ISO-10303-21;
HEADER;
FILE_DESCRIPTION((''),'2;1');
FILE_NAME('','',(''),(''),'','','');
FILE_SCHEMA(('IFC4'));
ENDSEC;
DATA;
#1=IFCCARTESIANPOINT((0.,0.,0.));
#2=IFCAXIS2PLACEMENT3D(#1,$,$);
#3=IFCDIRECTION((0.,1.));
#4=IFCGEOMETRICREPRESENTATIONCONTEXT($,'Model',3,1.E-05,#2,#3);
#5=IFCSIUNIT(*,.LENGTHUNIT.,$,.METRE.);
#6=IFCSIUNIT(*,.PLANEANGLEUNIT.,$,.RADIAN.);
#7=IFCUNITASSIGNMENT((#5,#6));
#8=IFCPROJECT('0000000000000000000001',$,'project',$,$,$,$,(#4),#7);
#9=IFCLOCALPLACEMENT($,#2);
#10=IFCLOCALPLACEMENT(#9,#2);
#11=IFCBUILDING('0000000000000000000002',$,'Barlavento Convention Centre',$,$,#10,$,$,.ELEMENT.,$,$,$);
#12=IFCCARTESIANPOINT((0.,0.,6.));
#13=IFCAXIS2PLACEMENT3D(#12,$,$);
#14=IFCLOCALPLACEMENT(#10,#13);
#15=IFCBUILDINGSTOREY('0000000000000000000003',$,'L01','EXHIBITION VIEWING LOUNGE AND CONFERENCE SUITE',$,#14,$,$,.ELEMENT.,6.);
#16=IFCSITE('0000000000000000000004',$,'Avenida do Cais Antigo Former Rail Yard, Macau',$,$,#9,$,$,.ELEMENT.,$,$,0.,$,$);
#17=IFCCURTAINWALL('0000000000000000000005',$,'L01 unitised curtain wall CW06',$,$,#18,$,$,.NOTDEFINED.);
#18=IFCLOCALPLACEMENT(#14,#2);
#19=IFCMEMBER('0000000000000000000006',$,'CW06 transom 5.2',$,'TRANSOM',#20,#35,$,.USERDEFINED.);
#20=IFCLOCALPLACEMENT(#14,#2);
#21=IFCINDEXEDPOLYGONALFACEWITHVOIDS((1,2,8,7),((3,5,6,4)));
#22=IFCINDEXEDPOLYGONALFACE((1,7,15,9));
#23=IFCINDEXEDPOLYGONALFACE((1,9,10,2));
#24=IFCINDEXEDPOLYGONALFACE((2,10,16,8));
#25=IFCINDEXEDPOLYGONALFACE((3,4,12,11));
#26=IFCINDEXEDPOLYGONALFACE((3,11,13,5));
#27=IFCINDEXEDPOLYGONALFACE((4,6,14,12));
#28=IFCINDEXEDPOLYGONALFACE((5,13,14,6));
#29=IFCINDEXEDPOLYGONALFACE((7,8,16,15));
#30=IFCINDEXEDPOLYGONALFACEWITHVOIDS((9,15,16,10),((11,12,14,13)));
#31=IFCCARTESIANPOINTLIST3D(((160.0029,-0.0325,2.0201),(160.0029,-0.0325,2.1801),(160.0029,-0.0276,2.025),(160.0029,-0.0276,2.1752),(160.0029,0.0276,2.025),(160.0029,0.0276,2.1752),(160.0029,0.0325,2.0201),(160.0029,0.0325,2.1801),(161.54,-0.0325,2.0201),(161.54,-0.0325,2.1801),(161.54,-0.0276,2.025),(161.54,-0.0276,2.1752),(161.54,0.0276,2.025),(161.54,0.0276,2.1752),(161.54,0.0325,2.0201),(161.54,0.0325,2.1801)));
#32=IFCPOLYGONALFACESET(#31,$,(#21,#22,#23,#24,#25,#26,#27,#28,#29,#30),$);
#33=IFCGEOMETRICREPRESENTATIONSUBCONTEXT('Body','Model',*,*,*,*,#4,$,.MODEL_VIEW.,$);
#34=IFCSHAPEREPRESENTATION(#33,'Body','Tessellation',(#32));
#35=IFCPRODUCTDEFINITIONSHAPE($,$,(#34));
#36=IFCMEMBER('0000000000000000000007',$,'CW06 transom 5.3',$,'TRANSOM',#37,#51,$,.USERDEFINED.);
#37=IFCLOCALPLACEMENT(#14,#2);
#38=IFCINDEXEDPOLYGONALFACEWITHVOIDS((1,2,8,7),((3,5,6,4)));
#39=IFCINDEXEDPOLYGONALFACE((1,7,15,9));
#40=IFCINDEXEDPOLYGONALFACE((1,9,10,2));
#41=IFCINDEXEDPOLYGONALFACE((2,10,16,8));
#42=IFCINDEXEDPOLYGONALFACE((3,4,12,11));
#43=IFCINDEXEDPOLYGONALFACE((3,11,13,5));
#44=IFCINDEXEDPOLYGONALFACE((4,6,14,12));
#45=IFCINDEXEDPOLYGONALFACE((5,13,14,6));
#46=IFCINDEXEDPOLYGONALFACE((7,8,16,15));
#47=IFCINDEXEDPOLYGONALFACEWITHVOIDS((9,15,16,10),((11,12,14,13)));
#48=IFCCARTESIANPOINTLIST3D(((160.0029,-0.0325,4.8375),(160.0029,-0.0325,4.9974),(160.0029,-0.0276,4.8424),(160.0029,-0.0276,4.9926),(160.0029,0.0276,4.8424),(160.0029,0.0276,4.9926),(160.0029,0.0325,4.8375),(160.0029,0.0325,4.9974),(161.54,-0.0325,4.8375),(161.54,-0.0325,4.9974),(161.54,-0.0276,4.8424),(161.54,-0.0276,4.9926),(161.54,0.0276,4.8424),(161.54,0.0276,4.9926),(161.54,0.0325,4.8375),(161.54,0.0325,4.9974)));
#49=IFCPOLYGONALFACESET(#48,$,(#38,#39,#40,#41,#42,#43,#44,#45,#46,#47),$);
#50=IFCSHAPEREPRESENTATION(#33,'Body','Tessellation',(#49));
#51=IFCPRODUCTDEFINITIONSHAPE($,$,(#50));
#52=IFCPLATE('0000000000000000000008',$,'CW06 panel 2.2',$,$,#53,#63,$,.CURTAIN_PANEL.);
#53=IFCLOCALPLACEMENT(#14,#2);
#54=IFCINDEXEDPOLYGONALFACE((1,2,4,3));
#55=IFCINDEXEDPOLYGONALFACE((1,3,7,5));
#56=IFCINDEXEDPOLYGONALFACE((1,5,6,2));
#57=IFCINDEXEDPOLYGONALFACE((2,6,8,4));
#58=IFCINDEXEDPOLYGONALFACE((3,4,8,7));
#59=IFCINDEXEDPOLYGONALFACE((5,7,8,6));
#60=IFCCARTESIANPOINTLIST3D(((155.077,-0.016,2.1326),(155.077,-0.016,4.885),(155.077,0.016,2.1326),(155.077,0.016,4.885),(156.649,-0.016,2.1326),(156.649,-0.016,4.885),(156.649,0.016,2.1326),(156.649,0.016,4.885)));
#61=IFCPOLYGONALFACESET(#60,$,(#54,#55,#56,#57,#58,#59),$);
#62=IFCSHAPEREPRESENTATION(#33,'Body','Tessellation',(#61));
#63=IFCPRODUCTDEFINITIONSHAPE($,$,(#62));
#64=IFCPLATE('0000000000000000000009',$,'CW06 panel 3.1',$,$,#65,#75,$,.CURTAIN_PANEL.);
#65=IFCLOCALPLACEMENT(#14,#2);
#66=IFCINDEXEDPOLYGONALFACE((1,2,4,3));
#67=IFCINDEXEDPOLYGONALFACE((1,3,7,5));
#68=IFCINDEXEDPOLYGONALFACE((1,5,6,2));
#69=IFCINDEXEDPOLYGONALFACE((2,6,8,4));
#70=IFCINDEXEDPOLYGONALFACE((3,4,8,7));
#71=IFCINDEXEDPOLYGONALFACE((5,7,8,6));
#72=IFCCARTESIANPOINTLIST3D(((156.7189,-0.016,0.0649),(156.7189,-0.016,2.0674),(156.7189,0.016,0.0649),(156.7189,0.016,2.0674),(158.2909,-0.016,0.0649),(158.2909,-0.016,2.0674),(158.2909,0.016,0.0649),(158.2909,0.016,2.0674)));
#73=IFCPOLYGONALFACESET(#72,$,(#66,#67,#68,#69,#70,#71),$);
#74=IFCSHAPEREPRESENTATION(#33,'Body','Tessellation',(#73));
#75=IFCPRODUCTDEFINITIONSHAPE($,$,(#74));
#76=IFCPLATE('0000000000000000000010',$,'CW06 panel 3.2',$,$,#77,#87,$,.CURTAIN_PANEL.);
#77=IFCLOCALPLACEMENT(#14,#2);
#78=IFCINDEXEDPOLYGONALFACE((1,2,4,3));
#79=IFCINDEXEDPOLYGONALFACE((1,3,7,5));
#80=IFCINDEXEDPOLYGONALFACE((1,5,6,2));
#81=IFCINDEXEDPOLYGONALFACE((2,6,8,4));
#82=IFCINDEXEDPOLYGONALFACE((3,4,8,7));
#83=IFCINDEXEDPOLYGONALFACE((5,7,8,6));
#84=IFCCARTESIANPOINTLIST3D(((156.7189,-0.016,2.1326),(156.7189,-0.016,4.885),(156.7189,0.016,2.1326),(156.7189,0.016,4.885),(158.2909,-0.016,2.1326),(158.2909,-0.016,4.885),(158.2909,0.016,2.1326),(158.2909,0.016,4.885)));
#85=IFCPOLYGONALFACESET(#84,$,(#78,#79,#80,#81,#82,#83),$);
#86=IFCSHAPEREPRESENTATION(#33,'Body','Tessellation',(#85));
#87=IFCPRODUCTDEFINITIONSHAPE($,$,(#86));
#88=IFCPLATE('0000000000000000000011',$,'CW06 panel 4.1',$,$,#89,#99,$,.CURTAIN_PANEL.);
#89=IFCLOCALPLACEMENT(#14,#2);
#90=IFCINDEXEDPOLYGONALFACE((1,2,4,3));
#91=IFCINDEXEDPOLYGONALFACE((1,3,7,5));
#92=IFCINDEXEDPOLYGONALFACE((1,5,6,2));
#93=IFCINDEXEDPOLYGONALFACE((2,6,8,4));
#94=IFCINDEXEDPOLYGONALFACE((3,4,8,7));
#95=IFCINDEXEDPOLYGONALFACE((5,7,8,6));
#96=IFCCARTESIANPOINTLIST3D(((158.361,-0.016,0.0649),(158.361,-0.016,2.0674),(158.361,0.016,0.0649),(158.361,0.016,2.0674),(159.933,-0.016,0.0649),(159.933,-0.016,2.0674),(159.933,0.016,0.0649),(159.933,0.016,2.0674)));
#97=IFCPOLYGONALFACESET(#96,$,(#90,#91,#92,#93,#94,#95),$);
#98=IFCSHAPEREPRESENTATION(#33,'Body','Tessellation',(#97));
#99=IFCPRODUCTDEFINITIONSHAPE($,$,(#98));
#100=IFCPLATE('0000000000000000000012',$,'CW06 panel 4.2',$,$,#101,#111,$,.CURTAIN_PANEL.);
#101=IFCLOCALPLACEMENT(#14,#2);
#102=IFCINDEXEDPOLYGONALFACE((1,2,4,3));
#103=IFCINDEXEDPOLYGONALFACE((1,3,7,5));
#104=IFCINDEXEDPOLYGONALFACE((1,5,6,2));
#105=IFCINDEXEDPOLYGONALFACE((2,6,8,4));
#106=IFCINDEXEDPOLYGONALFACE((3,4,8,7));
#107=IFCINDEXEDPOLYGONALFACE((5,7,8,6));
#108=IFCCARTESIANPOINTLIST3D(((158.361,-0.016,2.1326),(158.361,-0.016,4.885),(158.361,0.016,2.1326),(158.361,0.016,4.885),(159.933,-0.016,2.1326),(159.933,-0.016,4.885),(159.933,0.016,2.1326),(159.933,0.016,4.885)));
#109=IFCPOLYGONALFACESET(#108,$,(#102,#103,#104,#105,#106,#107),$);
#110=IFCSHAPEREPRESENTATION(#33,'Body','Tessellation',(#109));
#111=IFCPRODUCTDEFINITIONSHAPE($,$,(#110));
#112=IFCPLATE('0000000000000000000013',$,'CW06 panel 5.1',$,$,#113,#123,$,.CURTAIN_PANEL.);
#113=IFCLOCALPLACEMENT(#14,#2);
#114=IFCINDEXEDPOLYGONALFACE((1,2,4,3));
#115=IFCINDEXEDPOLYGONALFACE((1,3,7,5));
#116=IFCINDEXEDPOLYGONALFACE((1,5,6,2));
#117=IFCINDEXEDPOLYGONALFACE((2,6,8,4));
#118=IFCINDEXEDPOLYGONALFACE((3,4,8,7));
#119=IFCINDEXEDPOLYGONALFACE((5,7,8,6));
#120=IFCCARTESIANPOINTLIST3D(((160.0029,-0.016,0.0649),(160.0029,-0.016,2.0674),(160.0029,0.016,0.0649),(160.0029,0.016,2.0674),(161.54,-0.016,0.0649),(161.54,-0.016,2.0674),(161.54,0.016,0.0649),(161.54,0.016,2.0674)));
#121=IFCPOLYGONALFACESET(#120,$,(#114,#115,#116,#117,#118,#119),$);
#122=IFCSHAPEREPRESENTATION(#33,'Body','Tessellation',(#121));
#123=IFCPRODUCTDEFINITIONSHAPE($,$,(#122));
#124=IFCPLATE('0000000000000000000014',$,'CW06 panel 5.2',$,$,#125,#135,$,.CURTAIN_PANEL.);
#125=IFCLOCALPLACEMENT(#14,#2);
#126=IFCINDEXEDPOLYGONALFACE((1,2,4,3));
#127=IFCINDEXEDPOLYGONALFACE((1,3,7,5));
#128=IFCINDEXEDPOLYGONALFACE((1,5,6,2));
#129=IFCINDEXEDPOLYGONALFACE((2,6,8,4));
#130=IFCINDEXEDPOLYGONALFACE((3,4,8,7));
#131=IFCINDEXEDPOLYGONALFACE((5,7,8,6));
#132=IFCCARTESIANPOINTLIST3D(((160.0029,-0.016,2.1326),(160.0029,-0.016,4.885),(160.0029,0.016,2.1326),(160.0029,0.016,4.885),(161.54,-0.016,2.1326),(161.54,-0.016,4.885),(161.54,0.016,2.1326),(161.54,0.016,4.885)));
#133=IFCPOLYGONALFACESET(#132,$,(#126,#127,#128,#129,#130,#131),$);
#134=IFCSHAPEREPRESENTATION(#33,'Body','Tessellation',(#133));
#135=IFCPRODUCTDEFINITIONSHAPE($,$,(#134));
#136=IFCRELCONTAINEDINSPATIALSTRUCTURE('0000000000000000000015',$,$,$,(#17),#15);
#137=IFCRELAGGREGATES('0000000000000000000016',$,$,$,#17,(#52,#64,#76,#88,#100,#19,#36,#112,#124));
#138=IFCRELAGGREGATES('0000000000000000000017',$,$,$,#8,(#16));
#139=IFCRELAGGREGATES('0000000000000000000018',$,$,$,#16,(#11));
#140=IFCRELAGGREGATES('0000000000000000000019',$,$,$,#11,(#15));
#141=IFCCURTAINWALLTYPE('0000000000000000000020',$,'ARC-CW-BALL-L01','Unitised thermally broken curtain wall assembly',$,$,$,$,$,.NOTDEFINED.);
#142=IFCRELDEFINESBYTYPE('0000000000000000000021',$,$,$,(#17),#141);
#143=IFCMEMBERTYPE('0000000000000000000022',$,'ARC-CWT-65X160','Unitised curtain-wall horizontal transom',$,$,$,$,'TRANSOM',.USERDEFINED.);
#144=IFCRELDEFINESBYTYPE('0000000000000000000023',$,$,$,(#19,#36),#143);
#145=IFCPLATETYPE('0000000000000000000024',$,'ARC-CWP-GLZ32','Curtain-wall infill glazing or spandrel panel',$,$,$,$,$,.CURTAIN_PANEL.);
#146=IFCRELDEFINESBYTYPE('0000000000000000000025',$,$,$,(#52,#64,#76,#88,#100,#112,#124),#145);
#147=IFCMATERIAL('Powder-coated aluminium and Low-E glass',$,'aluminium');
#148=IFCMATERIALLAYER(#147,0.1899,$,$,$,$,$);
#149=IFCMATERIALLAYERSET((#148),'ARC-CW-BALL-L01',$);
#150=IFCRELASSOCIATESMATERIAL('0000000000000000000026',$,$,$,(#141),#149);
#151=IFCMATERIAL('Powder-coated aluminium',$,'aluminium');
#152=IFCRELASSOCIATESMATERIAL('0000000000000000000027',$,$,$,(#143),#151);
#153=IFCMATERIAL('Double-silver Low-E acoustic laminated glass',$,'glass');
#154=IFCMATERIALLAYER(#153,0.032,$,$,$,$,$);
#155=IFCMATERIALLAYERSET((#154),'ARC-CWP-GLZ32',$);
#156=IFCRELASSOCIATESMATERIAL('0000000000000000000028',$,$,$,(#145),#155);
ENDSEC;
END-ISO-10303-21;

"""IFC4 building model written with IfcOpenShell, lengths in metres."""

from ifc_helpers import new_model, si_unit, direction, frame, origin, origin_2d, place, context, subcontext, project, spatial, rectangle, hollow_rectangle, extrude, material, layer, layer_set, material_profile, profile_set, type_object, element, aggregate, save


model = new_model("IFC4")

# Units and contexts
model_context = context("Model", 3, precision=1e-05, world=origin(), true_north=direction((0.0, 1.0)))
body_context = subcontext(model_context, "Body", "Model", "MODEL_VIEW")
ifc_project = project(units=[si_unit("LENGTHUNIT", "METRE"), si_unit("PLANEANGLEUNIT", "RADIAN")], contexts=[model_context])

# Site, building, storey
site_placement = place(None, origin())
site = spatial("IfcSite", under=ifc_project, at=site_placement, Name="Avenida do Cais Antigo Former Rail Yard, Macau", CompositionType="ELEMENT", RefElevation=0.0)
building_placement = place(site_placement, origin())
building = spatial("IfcBuilding", under=site, at=building_placement, Name="Barlavento Convention Centre", CompositionType="ELEMENT")
storey_placement = place(building_placement, frame((0.0, 0.0, 6.0)))
storey = spatial("IfcBuildingStorey", under=building, at=storey_placement, Name="L01", Description="EXHIBITION VIEWING LOUNGE AND CONFERENCE SUITE", CompositionType="ELEMENT", Elevation=6.0)

# Curtain wall, members, plates
ifc_material_1 = material(Name="Powder-coated aluminium and Low-E glass", Category="aluminium")
ifc_layer_1 = layer(ifc_material_1, 0.1899)
ifc_layer_set_1 = layer_set([ifc_layer_1], Name="ARC-CW-BALL-L01")
curtain_wall_type = type_object("IfcCurtainWallType", Name="ARC-CW-BALL-L01", Description="Unitised thermally broken curtain wall assembly", PredefinedType="NOTDEFINED", material=ifc_layer_set_1)
curtain_wall_placement = place(storey_placement, origin())
curtain_wall = element("IfcCurtainWall", 1, at=curtain_wall_placement, inside=storey, type_object=curtain_wall_type, Name="L01 unitised curtain wall CW06", PredefinedType="NOTDEFINED")
ifc_material_2 = material(Name="Powder-coated aluminium", Category="aluminium")
ifc_material_profile_1 = material_profile(ifc_material_2, hollow_rectangle(XDim=0.0649, YDim=0.1599, WallThickness=0.0049, at=origin_2d()), Name="AL-TRAN 65x160x5")
ifc_profile_set_1 = profile_set([ifc_material_profile_1], Name="Powder-coated aluminium")
member_type_1 = type_object("IfcMemberType", Name="ARC-CWT-65X160", Description="Unitised curtain-wall horizontal transom", ElementType="TRANSOM", PredefinedType="USERDEFINED", material=ifc_profile_set_1)
member_1_placement = place(storey_placement, frame((160.0029, 0.0, 2.1001), z_axis=(1.0, 0.0, 0.0), x_axis=(0.0, 1.0, 0.0)))
member_1 = element("IfcMember", 2, at=member_1_placement, type_object=member_type_1, Name="CW06 transom 5.2", ObjectType="TRANSOM", PredefinedType="USERDEFINED", context=body_context, shape_type="SweptSolid", body=[
    extrude(hollow_rectangle(XDim=0.0649, YDim=0.1599, WallThickness=0.0049, at=origin_2d()), origin(), (0.0, 0.0, 1.0), 1.5371),
])
member_2_placement = place(storey_placement, frame((160.0029, 0.0, 4.9175), z_axis=(1.0, 0.0, 0.0), x_axis=(0.0, 1.0, 0.0)))
member_2 = element("IfcMember", 3, at=member_2_placement, type_object=member_type_1, Name="CW06 transom 5.3", ObjectType="TRANSOM", PredefinedType="USERDEFINED", context=body_context, shape_type="SweptSolid", body=[
    extrude(hollow_rectangle(XDim=0.0649, YDim=0.1599, WallThickness=0.0049, at=origin_2d()), origin(), (0.0, 0.0, 1.0), 1.5371),
])
ifc_material_3 = material(Name="Double-silver Low-E acoustic laminated glass", Category="glass")
ifc_layer_2 = layer(ifc_material_3, 0.032)
ifc_layer_set_2 = layer_set([ifc_layer_2], Name="ARC-CWP-GLZ32")
plate_type = type_object("IfcPlateType", Name="ARC-CWP-GLZ32", Description="Curtain-wall infill glazing or spandrel panel", PredefinedType="CURTAIN_PANEL", material=ifc_layer_set_2)
plate_1_placement = place(storey_placement, frame((155.863, 0.0, 2.1326), z_axis=(0.0, 0.0, 1.0), x_axis=(1.0, 0.0, 0.0)))
plate_1 = element("IfcPlate", 4, at=plate_1_placement, type_object=plate_type, Name="CW06 panel 2.2", PredefinedType="CURTAIN_PANEL", context=body_context, shape_type="SweptSolid", body=[
    extrude(rectangle(XDim=1.572, YDim=0.032, at=origin_2d()), origin(), (0.0, 0.0, 1.0), 2.7524),
])
plate_2_placement = place(storey_placement, frame((157.5049, 0.0, 0.0649), z_axis=(0.0, 0.0, 1.0), x_axis=(1.0, 0.0, 0.0)))
plate_2 = element("IfcPlate", 5, at=plate_2_placement, type_object=plate_type, Name="CW06 panel 3.1", PredefinedType="CURTAIN_PANEL", context=body_context, shape_type="SweptSolid", body=[
    extrude(rectangle(XDim=1.572, YDim=0.032, at=origin_2d()), origin(), (0.0, 0.0, 1.0), 2.0024),
])
plate_3_placement = place(storey_placement, frame((157.5049, 0.0, 2.1326), z_axis=(0.0, 0.0, 1.0), x_axis=(1.0, 0.0, 0.0)))
plate_3 = element("IfcPlate", 6, at=plate_3_placement, type_object=plate_type, Name="CW06 panel 3.2", PredefinedType="CURTAIN_PANEL", context=body_context, shape_type="SweptSolid", body=[
    extrude(rectangle(XDim=1.572, YDim=0.032, at=origin_2d()), origin(), (0.0, 0.0, 1.0), 2.7524),
])
plate_4_placement = place(storey_placement, frame((159.147, 0.0, 0.0649), z_axis=(0.0, 0.0, 1.0), x_axis=(1.0, 0.0, 0.0)))
plate_4 = element("IfcPlate", 7, at=plate_4_placement, type_object=plate_type, Name="CW06 panel 4.1", PredefinedType="CURTAIN_PANEL", context=body_context, shape_type="SweptSolid", body=[
    extrude(rectangle(XDim=1.572, YDim=0.032, at=origin_2d()), origin(), (0.0, 0.0, 1.0), 2.0024),
])
plate_5_placement = place(storey_placement, frame((159.147, 0.0, 2.1326), z_axis=(0.0, 0.0, 1.0), x_axis=(1.0, 0.0, 0.0)))
plate_5 = element("IfcPlate", 8, at=plate_5_placement, type_object=plate_type, Name="CW06 panel 4.2", PredefinedType="CURTAIN_PANEL", context=body_context, shape_type="SweptSolid", body=[
    extrude(rectangle(XDim=1.572, YDim=0.032, at=origin_2d()), origin(), (0.0, 0.0, 1.0), 2.7524),
])
plate_6_placement = place(storey_placement, frame((160.7715, 0.0, 0.0649), z_axis=(0.0, 0.0, 1.0), x_axis=(1.0, 0.0, 0.0)))
plate_6 = element("IfcPlate", 9, at=plate_6_placement, type_object=plate_type, Name="CW06 panel 5.1", PredefinedType="CURTAIN_PANEL", context=body_context, shape_type="SweptSolid", body=[
    extrude(rectangle(XDim=1.5371, YDim=0.032, at=origin_2d()), origin(), (0.0, 0.0, 1.0), 2.0024),
])
plate_7_placement = place(storey_placement, frame((160.7715, 0.0, 2.1326), z_axis=(0.0, 0.0, 1.0), x_axis=(1.0, 0.0, 0.0)))
plate_7 = element("IfcPlate", 10, at=plate_7_placement, type_object=plate_type, Name="CW06 panel 5.2", PredefinedType="CURTAIN_PANEL", context=body_context, shape_type="SweptSolid", body=[
    extrude(rectangle(XDim=1.5371, YDim=0.032, at=origin_2d()), origin(), (0.0, 0.0, 1.0), 2.7524),
])
aggregate(curtain_wall, [plate_1, plate_2, plate_3, plate_4, plate_5, member_1, member_2, plate_6, plate_7])

save(model, "model.ifc")
